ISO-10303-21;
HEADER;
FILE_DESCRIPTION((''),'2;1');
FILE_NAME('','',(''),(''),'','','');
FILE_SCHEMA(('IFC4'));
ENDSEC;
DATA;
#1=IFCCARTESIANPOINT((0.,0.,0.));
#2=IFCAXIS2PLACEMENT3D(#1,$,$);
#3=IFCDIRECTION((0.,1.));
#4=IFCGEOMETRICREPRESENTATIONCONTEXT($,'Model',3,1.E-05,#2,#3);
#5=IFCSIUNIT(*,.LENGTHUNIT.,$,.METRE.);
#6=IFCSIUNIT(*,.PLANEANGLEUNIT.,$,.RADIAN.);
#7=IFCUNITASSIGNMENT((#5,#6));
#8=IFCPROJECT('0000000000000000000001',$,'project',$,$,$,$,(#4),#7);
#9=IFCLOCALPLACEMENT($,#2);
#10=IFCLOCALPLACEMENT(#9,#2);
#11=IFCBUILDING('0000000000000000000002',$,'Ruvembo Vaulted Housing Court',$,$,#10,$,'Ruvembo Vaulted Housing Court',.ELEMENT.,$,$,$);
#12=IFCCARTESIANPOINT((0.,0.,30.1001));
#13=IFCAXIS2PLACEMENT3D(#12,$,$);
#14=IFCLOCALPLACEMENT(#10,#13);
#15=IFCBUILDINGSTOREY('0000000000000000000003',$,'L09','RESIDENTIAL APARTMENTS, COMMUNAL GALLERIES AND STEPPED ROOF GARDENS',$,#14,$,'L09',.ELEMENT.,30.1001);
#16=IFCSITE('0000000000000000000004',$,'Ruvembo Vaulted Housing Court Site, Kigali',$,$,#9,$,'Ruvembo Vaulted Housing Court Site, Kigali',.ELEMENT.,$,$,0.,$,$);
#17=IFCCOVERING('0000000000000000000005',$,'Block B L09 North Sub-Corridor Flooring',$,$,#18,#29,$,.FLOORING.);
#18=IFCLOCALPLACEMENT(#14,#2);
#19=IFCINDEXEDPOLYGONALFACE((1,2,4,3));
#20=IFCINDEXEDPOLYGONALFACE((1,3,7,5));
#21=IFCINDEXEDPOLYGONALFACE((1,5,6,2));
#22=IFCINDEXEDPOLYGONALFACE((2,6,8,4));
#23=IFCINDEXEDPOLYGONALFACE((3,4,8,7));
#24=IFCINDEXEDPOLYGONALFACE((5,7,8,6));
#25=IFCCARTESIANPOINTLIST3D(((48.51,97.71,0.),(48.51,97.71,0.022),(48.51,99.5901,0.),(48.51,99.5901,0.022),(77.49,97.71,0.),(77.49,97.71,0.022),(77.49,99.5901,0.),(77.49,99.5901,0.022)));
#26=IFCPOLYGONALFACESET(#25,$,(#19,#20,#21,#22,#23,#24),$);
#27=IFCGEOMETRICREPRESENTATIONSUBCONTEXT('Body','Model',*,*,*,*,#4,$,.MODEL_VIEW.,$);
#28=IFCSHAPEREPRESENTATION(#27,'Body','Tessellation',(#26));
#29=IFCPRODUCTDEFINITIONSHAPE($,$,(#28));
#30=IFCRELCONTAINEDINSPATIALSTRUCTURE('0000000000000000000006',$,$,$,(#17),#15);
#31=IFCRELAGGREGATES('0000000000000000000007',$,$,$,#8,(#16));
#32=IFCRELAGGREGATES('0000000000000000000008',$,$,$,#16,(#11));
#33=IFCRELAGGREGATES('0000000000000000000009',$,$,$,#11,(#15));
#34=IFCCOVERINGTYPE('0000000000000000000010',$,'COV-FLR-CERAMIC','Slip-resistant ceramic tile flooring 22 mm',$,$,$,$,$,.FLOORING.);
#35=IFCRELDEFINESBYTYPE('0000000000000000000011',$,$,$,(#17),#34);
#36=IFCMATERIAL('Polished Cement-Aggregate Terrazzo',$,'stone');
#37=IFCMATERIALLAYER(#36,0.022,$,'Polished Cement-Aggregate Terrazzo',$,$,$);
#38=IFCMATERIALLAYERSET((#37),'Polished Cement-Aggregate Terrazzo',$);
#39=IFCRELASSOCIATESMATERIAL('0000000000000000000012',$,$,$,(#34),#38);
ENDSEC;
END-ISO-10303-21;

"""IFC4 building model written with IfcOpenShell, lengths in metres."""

from ifc_helpers import new_model, si_unit, direction, frame, origin, place, context, subcontext, project, spatial, polyline, outline, extrude, material, layer, layer_set, type_object, element, save


model = new_model("IFC4")

# Units and contexts
model_context = context("Model", 3, precision=1e-05, world=origin(), true_north=direction((0.0, 1.0)))
body_context = subcontext(model_context, "Body", "Model", "MODEL_VIEW")
ifc_project = project(units=[si_unit("LENGTHUNIT", "METRE"), si_unit("PLANEANGLEUNIT", "RADIAN")], contexts=[model_context])

# Site, building, storey
site_placement = place(None, origin())
site = spatial("IfcSite", under=ifc_project, at=site_placement, Name="Ruvembo Vaulted Housing Court Site, Kigali", LongName="Ruvembo Vaulted Housing Court Site, Kigali", CompositionType="ELEMENT", RefElevation=0.0)
building_placement = place(site_placement, origin())
building = spatial("IfcBuilding", under=site, at=building_placement, Name="Ruvembo Vaulted Housing Court", LongName="Ruvembo Vaulted Housing Court", CompositionType="ELEMENT")
storey_placement = place(building_placement, frame((0.0, 0.0, 30.1001)))
storey = spatial("IfcBuildingStorey", under=building, at=storey_placement, Name="L09", Description="RESIDENTIAL APARTMENTS, COMMUNAL GALLERIES AND STEPPED ROOF GARDENS", LongName="L09", CompositionType="ELEMENT", Elevation=30.1001)

# Covering
ifc_material_1 = material(Name="Polished Cement-Aggregate Terrazzo", Category="stone")
ifc_layer_1 = layer(ifc_material_1, 0.022, Name="Polished Cement-Aggregate Terrazzo")
ifc_layer_set_1 = layer_set([ifc_layer_1], Name="Polished Cement-Aggregate Terrazzo")
covering_type_1 = type_object("IfcCoveringType", Name="COV-FLR-CERAMIC", Description="Slip-resistant ceramic tile flooring 22 mm", PredefinedType="FLOORING", material=ifc_layer_set_1)
covering_1_placement = place(storey_placement, origin())
element("IfcCovering", 1, at=covering_1_placement, inside=storey, type_object=covering_type_1, Name="Block B L09 North Sub-Corridor Flooring", PredefinedType="FLOORING", context=body_context, shape_type="SweptSolid", body=[
    extrude(outline(polyline([(48.51, 97.71), (77.49, 97.71), (77.49, 99.5901), (48.51, 99.5901), (48.51, 97.71)])), origin(), (0.0, 0.0, 1.0), 0.022),
])

save(model, "model.ifc")
